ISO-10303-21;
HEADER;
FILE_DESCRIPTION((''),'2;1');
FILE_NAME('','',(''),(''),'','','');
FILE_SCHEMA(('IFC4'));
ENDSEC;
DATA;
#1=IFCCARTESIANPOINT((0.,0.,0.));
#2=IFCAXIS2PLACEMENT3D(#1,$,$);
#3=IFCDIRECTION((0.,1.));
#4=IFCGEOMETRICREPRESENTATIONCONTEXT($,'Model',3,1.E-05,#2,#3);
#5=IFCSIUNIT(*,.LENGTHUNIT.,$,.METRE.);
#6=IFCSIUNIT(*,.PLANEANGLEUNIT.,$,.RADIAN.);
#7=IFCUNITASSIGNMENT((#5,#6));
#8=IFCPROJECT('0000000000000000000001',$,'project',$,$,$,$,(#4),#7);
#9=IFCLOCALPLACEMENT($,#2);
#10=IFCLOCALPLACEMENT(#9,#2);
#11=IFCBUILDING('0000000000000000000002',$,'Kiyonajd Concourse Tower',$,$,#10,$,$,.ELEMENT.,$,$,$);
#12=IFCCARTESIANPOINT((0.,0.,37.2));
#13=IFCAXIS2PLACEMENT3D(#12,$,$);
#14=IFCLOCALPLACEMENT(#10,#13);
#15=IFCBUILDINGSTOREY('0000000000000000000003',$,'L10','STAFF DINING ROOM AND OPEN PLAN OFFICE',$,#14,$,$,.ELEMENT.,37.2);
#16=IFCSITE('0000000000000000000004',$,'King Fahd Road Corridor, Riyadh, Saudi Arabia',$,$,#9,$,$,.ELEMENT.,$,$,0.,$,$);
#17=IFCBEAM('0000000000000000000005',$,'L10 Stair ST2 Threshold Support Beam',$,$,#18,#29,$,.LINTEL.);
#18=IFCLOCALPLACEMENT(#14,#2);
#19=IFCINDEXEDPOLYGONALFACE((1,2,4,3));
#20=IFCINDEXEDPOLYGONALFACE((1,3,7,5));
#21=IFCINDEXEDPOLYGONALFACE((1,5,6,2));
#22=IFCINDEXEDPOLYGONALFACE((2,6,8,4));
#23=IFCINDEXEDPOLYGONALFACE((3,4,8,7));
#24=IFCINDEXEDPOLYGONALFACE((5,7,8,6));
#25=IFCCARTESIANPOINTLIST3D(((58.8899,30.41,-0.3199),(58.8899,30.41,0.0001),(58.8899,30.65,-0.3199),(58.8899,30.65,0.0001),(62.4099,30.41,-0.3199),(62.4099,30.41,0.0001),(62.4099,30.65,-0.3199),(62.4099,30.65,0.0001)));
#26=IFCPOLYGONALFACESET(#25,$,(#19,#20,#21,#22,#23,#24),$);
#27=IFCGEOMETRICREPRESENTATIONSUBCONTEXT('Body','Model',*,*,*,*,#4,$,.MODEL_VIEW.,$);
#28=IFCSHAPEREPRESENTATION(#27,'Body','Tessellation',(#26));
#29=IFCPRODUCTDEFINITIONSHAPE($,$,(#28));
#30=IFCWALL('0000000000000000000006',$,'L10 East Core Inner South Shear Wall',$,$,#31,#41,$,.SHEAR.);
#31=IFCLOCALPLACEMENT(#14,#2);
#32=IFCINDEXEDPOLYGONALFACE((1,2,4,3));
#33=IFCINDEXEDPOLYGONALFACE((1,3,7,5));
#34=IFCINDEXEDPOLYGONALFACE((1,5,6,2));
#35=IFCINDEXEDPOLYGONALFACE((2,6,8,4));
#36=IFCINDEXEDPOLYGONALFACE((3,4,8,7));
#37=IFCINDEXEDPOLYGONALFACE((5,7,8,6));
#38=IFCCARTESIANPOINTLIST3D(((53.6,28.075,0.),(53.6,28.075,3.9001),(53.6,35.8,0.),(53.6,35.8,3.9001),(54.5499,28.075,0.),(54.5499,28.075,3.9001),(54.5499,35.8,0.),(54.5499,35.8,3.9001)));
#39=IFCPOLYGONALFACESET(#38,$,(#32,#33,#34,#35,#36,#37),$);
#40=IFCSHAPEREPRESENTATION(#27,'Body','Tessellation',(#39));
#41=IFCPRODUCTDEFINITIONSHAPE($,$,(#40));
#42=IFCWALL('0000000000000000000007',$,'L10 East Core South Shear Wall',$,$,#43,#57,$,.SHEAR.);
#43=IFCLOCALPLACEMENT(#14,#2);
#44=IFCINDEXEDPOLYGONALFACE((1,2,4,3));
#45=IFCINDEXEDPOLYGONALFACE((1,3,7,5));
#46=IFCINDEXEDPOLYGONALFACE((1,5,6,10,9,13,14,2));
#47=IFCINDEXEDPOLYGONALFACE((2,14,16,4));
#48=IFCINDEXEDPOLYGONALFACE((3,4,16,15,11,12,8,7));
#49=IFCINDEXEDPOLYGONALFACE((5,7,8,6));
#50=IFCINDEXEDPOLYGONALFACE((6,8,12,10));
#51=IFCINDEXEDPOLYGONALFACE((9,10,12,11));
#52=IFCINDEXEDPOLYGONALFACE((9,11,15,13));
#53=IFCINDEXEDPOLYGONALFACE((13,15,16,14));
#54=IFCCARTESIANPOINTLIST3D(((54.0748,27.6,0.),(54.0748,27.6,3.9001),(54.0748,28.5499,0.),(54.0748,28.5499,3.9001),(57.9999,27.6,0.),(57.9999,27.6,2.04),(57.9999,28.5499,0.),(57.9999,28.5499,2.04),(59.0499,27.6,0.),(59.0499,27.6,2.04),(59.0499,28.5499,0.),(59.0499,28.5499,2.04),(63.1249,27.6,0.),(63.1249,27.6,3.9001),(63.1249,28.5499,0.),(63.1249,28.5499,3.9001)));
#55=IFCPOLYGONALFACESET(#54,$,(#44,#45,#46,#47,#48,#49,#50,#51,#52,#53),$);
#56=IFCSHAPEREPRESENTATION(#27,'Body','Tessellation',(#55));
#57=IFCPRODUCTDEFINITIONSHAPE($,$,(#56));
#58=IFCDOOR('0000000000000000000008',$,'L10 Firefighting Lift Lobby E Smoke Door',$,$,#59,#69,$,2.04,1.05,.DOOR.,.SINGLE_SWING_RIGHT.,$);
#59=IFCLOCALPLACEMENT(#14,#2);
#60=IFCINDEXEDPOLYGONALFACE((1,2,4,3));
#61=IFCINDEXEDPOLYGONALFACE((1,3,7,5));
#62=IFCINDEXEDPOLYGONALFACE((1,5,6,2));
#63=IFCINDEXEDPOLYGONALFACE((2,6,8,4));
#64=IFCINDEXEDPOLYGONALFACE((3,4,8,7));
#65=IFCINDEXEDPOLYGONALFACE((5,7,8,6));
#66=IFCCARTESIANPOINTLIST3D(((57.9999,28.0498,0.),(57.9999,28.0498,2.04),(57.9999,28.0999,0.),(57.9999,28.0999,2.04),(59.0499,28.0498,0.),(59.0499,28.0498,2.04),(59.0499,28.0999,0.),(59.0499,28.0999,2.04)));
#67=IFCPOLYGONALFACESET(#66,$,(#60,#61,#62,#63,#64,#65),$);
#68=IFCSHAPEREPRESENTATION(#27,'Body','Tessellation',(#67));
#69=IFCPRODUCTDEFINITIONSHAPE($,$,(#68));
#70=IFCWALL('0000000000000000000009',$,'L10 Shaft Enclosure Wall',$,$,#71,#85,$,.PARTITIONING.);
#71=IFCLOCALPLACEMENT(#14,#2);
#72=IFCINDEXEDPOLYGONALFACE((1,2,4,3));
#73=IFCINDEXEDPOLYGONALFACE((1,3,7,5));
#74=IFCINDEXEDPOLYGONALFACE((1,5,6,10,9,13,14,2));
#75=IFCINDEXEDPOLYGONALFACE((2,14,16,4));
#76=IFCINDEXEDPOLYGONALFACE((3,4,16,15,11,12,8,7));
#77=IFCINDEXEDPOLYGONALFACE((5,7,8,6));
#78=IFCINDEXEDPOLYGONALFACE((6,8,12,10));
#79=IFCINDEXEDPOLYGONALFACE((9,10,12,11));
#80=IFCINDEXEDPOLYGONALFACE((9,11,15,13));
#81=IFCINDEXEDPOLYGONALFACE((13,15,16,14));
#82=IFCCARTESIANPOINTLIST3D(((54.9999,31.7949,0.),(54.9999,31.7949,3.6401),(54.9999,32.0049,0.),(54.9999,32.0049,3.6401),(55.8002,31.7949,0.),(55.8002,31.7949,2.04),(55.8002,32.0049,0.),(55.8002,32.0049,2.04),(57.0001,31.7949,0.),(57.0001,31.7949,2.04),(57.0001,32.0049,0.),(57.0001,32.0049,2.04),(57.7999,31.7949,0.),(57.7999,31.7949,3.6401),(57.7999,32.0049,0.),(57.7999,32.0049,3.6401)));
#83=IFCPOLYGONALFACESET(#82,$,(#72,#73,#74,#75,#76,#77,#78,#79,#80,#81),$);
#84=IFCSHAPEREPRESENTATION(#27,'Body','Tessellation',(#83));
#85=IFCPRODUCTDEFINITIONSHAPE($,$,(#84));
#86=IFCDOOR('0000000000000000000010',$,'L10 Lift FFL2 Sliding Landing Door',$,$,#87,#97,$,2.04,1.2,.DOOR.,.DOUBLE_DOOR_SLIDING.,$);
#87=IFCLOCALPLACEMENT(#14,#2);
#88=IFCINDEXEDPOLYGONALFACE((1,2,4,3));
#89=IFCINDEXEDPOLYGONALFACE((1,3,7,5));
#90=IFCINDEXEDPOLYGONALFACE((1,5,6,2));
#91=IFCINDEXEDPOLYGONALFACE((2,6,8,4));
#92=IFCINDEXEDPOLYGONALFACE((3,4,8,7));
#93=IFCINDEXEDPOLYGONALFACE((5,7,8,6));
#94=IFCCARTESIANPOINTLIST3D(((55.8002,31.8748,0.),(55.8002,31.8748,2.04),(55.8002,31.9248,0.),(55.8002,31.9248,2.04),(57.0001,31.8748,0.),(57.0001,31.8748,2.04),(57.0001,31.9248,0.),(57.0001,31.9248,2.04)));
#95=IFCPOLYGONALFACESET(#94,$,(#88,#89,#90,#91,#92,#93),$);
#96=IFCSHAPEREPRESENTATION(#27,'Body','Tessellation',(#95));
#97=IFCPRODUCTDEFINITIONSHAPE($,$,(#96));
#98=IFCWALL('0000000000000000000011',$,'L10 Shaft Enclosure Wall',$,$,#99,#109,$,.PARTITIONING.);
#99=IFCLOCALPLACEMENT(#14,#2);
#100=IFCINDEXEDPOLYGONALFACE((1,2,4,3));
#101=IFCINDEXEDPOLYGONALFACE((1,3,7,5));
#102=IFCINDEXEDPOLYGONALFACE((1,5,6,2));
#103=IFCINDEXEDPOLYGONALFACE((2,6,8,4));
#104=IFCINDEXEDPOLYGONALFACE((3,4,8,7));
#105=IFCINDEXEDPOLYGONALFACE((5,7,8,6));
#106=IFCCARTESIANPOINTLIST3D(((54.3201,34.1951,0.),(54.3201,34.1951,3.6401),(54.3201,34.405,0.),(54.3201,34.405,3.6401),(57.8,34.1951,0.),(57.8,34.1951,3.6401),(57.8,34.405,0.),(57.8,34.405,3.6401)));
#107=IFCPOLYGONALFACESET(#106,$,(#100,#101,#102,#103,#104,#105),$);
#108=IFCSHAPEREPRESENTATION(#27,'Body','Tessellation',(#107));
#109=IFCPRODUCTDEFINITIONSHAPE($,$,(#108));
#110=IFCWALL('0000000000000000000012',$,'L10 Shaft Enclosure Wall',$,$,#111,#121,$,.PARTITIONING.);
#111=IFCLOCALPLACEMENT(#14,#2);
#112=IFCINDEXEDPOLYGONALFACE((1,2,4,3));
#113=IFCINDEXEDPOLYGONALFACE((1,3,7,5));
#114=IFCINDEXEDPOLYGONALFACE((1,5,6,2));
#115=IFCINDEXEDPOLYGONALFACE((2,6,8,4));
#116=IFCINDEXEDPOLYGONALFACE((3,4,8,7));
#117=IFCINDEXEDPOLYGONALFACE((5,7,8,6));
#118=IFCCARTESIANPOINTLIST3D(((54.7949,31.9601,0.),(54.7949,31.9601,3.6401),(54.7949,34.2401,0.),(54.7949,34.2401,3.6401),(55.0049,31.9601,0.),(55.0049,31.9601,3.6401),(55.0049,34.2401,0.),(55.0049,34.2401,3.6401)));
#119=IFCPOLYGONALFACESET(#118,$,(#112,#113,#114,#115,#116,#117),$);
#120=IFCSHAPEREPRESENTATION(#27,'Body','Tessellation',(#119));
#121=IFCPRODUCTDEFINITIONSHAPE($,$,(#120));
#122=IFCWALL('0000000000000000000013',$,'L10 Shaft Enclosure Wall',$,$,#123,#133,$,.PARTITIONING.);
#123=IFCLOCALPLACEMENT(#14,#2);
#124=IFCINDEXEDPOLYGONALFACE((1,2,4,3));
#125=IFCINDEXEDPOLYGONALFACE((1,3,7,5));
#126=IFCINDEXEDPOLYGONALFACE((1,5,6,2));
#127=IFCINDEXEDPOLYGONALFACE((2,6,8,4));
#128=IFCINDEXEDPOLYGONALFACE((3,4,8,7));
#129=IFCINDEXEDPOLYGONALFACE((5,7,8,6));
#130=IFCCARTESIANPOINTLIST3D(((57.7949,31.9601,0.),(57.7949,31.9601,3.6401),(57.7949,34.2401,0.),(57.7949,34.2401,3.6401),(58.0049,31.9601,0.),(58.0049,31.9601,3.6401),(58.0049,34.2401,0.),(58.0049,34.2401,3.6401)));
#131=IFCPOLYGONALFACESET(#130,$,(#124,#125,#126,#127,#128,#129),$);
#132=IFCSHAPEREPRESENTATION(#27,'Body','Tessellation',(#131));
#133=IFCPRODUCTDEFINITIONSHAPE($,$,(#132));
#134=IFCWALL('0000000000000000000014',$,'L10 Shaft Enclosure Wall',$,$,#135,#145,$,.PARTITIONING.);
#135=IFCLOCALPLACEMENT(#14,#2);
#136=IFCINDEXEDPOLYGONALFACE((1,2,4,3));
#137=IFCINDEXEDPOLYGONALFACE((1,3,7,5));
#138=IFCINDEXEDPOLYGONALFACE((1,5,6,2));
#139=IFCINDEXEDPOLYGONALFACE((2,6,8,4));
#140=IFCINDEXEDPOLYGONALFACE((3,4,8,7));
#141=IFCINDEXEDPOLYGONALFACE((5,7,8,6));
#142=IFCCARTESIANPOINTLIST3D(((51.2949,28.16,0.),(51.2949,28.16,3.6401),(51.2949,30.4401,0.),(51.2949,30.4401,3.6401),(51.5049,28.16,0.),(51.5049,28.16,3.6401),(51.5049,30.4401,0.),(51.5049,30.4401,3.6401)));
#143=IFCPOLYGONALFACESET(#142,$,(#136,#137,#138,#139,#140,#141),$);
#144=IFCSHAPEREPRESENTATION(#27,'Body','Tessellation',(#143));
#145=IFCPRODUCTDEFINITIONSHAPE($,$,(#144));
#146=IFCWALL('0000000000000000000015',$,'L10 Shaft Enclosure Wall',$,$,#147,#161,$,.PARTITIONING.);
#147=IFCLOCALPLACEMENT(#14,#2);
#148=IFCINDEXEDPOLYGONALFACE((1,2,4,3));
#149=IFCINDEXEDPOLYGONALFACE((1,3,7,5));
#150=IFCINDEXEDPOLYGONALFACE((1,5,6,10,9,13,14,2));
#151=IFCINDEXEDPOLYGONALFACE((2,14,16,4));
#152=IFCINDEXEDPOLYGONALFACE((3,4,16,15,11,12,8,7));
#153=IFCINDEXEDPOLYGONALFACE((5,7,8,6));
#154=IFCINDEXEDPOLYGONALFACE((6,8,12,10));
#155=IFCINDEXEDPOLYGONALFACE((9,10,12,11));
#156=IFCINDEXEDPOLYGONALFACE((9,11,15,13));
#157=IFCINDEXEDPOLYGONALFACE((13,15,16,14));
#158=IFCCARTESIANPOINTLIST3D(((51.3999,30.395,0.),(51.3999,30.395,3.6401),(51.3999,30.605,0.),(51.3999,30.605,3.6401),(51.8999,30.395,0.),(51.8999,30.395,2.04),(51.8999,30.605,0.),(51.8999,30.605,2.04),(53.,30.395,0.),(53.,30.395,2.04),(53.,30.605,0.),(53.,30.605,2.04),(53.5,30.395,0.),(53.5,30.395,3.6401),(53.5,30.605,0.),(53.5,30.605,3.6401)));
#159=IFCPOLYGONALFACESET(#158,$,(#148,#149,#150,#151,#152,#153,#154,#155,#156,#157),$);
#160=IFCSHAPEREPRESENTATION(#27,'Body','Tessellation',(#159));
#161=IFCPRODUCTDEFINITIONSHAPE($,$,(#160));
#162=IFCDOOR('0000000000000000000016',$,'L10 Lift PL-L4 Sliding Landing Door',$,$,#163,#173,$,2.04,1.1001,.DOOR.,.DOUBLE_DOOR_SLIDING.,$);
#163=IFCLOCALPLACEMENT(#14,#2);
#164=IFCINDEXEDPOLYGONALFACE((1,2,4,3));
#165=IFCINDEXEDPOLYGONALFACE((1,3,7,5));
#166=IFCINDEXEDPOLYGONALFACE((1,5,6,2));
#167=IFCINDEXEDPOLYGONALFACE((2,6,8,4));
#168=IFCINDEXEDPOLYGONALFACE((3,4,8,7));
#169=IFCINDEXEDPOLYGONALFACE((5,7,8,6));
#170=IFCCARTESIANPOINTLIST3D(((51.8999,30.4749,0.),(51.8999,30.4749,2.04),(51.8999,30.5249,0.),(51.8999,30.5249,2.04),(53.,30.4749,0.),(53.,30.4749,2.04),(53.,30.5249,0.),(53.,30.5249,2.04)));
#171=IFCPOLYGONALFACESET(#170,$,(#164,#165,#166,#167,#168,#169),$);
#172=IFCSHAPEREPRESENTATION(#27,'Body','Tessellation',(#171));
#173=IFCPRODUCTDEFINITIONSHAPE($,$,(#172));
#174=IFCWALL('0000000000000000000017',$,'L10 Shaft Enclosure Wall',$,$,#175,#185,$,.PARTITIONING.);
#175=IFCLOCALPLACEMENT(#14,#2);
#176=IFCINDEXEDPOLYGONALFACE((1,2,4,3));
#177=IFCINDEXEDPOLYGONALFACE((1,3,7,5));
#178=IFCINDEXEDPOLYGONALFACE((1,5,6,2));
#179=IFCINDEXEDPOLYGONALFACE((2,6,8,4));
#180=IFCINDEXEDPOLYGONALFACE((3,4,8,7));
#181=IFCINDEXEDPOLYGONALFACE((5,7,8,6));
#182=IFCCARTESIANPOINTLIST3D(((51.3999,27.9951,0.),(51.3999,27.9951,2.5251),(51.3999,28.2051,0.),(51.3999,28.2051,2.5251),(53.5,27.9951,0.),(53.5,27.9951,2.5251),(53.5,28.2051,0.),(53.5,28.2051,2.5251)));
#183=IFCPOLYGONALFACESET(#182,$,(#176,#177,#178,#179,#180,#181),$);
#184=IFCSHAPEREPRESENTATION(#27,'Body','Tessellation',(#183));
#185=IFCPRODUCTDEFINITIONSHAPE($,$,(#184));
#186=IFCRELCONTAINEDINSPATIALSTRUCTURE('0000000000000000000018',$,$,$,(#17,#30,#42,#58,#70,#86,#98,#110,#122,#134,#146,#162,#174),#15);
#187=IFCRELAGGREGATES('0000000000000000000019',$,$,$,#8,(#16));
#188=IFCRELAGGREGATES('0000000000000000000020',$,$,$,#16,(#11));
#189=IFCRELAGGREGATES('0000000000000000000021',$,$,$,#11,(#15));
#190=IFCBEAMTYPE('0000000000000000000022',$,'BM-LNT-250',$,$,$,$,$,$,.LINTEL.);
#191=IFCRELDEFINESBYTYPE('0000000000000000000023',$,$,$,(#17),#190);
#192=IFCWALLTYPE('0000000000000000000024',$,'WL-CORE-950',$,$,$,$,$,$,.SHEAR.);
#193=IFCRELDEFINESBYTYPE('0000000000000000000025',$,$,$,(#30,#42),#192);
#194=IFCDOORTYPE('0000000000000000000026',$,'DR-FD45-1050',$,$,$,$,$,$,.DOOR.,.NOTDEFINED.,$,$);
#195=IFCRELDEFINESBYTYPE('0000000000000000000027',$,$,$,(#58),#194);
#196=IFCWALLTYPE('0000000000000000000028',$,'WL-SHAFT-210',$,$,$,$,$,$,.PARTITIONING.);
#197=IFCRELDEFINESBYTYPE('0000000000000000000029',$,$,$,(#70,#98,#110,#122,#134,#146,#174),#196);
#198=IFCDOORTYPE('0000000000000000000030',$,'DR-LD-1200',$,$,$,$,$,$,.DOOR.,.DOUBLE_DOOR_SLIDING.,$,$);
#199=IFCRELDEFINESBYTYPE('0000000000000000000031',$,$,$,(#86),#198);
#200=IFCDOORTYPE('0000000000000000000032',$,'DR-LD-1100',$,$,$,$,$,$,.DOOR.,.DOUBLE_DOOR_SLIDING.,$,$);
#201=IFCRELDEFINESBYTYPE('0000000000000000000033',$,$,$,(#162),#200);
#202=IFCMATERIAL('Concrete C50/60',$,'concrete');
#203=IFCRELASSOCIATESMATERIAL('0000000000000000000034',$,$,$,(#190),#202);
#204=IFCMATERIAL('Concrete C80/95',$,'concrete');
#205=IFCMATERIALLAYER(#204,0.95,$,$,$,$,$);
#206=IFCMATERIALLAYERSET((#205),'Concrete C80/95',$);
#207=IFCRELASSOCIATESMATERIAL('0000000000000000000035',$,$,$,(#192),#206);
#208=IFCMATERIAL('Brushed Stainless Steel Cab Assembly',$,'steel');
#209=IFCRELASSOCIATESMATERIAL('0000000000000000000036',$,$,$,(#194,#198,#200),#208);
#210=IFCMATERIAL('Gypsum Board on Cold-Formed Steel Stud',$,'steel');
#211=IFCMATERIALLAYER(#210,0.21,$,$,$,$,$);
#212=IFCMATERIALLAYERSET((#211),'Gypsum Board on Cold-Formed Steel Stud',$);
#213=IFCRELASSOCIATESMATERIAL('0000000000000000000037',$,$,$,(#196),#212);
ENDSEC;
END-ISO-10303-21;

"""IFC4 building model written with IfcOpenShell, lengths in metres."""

from ifc_helpers import new_model, si_unit, direction, frame, frame_2d, origin, origin_2d, place, context, subcontext, project, spatial, rectangle, extrude, material, layer, layer_set, material_profile, profile_set, type_object, element, fill, save


model = new_model("IFC4")

# Units and contexts
model_context = context("Model", 3, precision=1e-05, world=origin(), true_north=direction((0.0, 1.0)))
body_context = subcontext(model_context, "Body", "Model", "MODEL_VIEW")
ifc_project = project(units=[si_unit("LENGTHUNIT", "METRE"), si_unit("PLANEANGLEUNIT", "RADIAN")], contexts=[model_context])

# Site, building, storey
site_placement = place(None, origin())
site = spatial("IfcSite", under=ifc_project, at=site_placement, Name="King Fahd Road Corridor, Riyadh, Saudi Arabia", CompositionType="ELEMENT", RefElevation=0.0)
building_placement = place(site_placement, origin())
building = spatial("IfcBuilding", under=site, at=building_placement, Name="Kiyonajd Concourse Tower", CompositionType="ELEMENT")
storey_placement = place(building_placement, frame((0.0, 0.0, 37.2)))
storey = spatial("IfcBuildingStorey", under=building, at=storey_placement, Name="L10", Description="STAFF DINING ROOM AND OPEN PLAN OFFICE", CompositionType="ELEMENT", Elevation=37.2)

# Beam
ifc_material_1 = material(Name="Concrete C50/60", Category="concrete")
ifc_material_profile = material_profile(ifc_material_1, rectangle(XDim=0.24, YDim=0.3201, at=origin_2d()), Name="RCBM-240x320")
ifc_profile_set = profile_set([ifc_material_profile], Name="Concrete C50/60")
beam_type = type_object("IfcBeamType", Name="BM-LNT-250", PredefinedType="LINTEL", material=ifc_profile_set)
beam_placement = place(storey_placement, frame((58.8899, 30.53, -0.1599), z_axis=(1.0, 0.0, 0.0), x_axis=(0.0, 1.0, 0.0)))
element("IfcBeam", 1, at=beam_placement, inside=storey, type_object=beam_type, Name="L10 Stair ST2 Threshold Support Beam", PredefinedType="LINTEL", context=body_context, shape_type="SweptSolid", body=[
    extrude(rectangle(XDim=0.24, YDim=0.3201, at=origin_2d()), origin(), (0.0, 0.0, 1.0), 3.52),
])

# Wall
ifc_material_2 = material(Name="Concrete C80/95", Category="concrete")
ifc_layer_1 = layer(ifc_material_2, 0.95)
ifc_layer_set_1 = layer_set([ifc_layer_1], Name="Concrete C80/95")
wall_type_1 = type_object("IfcWallType", Name="WL-CORE-950", PredefinedType="SHEAR", material=ifc_layer_set_1)
wall_1_placement = place(storey_placement, frame((54.075, 28.075, 0.0), z_axis=(0.0, 0.0, 1.0), x_axis=(0.0, 1.0, 0.0)))
element("IfcWall", 2, at=wall_1_placement, inside=storey, type_object=wall_type_1, Name="L10 East Core Inner South Shear Wall", PredefinedType="SHEAR", context=body_context, shape_type="SweptSolid", body=[
    extrude(rectangle(XDim=7.7251, YDim=0.95, at=frame_2d((3.8625, 0.0))), origin(), (0.0, 0.0, 1.0), 3.9001),
])

# Walls, openings, doors
wall_2_placement = place(storey_placement, frame((54.075, 28.075, 0.0), z_axis=(0.0, 0.0, 1.0), x_axis=(1.0, 0.0, 0.0)))
wall_2 = element("IfcWall", 3, at=wall_2_placement, inside=storey, type_object=wall_type_1, Name="L10 East Core South Shear Wall", PredefinedType="SHEAR", context=body_context, shape_type="SweptSolid", body=[
    extrude(rectangle(XDim=9.05, YDim=0.95, at=frame_2d((4.5249, 0.0))), origin(), (0.0, 0.0, 1.0), 3.9001),
])
opening_1_placement = place(wall_2_placement, frame((3.925, 0.0, 0.0)))
opening_1 = element("IfcOpeningElement", 4, at=opening_1_placement, cuts=wall_2, PredefinedType="OPENING", context=body_context, shape_type="SweptSolid", body=[
    extrude(rectangle(XDim=1.05, YDim=2.04, at=frame_2d((0.5249, 1.02))), frame((0.0, 0.4849, 0.0), z_axis=(0.0, -1.0, 0.0), x_axis=(1.0, 0.0, 0.0)), (0.0, 0.0, 1.0), 0.97),
])
ifc_material_3 = material(Name="Brushed Stainless Steel Cab Assembly", Category="steel")
door_type_1 = type_object("IfcDoorType", Name="DR-FD45-1050", OperationType="NOTDEFINED", PredefinedType="DOOR", material=ifc_material_3)
door_1_placement = place(opening_1_placement, origin())
door_1 = element("IfcDoor", 5, at=door_1_placement, inside=storey, type_object=door_type_1, Name="L10 Firefighting Lift Lobby E Smoke Door", OperationType="SINGLE_SWING_RIGHT", OverallHeight=2.04, OverallWidth=1.05, PredefinedType="DOOR", context=body_context, shape_type="SweptSolid", body=[
    extrude(rectangle(XDim=1.05, YDim=2.04, at=frame_2d((0.5249, 1.02))), frame((0.0, 0.0249, 0.0), z_axis=(0.0, -1.0, 0.0), x_axis=(1.0, 0.0, 0.0)), (0.0, 0.0, 1.0), 0.05),
])
fill(opening_1, door_1)
ifc_material_4 = material(Name="Gypsum Board on Cold-Formed Steel Stud", Category="steel")
ifc_layer_2 = layer(ifc_material_4, 0.21)
ifc_layer_set_2 = layer_set([ifc_layer_2], Name="Gypsum Board on Cold-Formed Steel Stud")
wall_type_2 = type_object("IfcWallType", Name="WL-SHAFT-210", PredefinedType="PARTITIONING", material=ifc_layer_set_2)
wall_3_placement = place(storey_placement, frame((55.0, 31.8999, 0.0), z_axis=(0.0, 0.0, 1.0), x_axis=(1.0, 0.0, 0.0)))
wall_3 = element("IfcWall", 6, at=wall_3_placement, inside=storey, type_object=wall_type_2, Name="L10 Shaft Enclosure Wall", PredefinedType="PARTITIONING", context=body_context, shape_type="SweptSolid", body=[
    extrude(rectangle(XDim=2.8, YDim=0.21, at=frame_2d((1.3999, 0.0))), origin(), (0.0, 0.0, 1.0), 3.6401),
])
opening_2_placement = place(wall_3_placement, frame((0.8, 0.0, 0.0)))
opening_2 = element("IfcOpeningElement", 7, at=opening_2_placement, cuts=wall_3, PredefinedType="OPENING", context=body_context, shape_type="SweptSolid", body=[
    extrude(rectangle(XDim=1.2, YDim=2.04, at=frame_2d((0.6001, 1.02))), frame((0.0, 0.115, 0.0), z_axis=(0.0, -1.0, 0.0), x_axis=(1.0, 0.0, 0.0)), (0.0, 0.0, 1.0), 0.23),
])
door_type_2 = type_object("IfcDoorType", Name="DR-LD-1200", OperationType="DOUBLE_DOOR_SLIDING", PredefinedType="DOOR", material=ifc_material_3)
door_2_placement = place(opening_2_placement, origin())
door_2 = element("IfcDoor", 8, at=door_2_placement, inside=storey, type_object=door_type_2, Name="L10 Lift FFL2 Sliding Landing Door", OperationType="DOUBLE_DOOR_SLIDING", OverallHeight=2.04, OverallWidth=1.2, PredefinedType="DOOR", context=body_context, shape_type="SweptSolid", body=[
    extrude(rectangle(XDim=1.2, YDim=2.04, at=frame_2d((0.6001, 1.02))), frame((0.0, 0.0249, 0.0), z_axis=(0.0, -1.0, 0.0), x_axis=(1.0, 0.0, 0.0)), (0.0, 0.0, 1.0), 0.05),
])
fill(opening_2, door_2)

# Walls
wall_4_placement = place(storey_placement, frame((54.3201, 34.3, 0.0), z_axis=(0.0, 0.0, 1.0), x_axis=(1.0, 0.0, 0.0)))
element("IfcWall", 9, at=wall_4_placement, inside=storey, type_object=wall_type_2, Name="L10 Shaft Enclosure Wall", PredefinedType="PARTITIONING", context=body_context, shape_type="SweptSolid", body=[
    extrude(rectangle(XDim=3.48, YDim=0.21, at=frame_2d((1.74, 0.0))), origin(), (0.0, 0.0, 1.0), 3.6401),
])
for number, where, z_axis, x_axis, name in (
    (10, (54.8999, 31.96, 0.0), (0.0, 0.0, 1.0), (0.0, 1.0, 0.0), "L10 Shaft Enclosure Wall"),
    (11, (57.8999, 31.96, 0.0), (0.0, 0.0, 1.0), (0.0, 1.0, 0.0), "L10 Shaft Enclosure Wall"),
    (12, (51.3999, 28.1599, 0.0), (0.0, 0.0, 1.0), (0.0, 1.0, 0.0), "L10 Shaft Enclosure Wall"),
):
    element("IfcWall", number, at=place(storey_placement, frame(where, z_axis=z_axis, x_axis=x_axis)), inside=storey, type_object=wall_type_2, Name=name, PredefinedType="PARTITIONING", context=body_context, shape_type="SweptSolid", body=[
        extrude(rectangle(XDim=2.28, YDim=0.21, at=frame_2d((1.1401, 0.0))), origin(), (0.0, 0.0, 1.0), 3.6401),
    ])

# Wall, opening, door
wall_5_placement = place(storey_placement, frame((51.3999, 30.5, 0.0), z_axis=(0.0, 0.0, 1.0), x_axis=(1.0, 0.0, 0.0)))
wall_5 = element("IfcWall", 13, at=wall_5_placement, inside=storey, type_object=wall_type_2, Name="L10 Shaft Enclosure Wall", PredefinedType="PARTITIONING", context=body_context, shape_type="SweptSolid", body=[
    extrude(rectangle(XDim=2.1001, YDim=0.21, at=frame_2d((1.05, 0.0))), origin(), (0.0, 0.0, 1.0), 3.6401),
])
opening_3_placement = place(wall_5_placement, frame((0.5, 0.0, 0.0)))
opening_3 = element("IfcOpeningElement", 14, at=opening_3_placement, cuts=wall_5, PredefinedType="OPENING", context=body_context, shape_type="SweptSolid", body=[
    extrude(rectangle(XDim=1.1001, YDim=2.04, at=frame_2d((0.55, 1.02))), frame((0.0, 0.115, 0.0), z_axis=(0.0, -1.0, 0.0), x_axis=(1.0, 0.0, 0.0)), (0.0, 0.0, 1.0), 0.23),
])
door_type_3 = type_object("IfcDoorType", Name="DR-LD-1100", OperationType="DOUBLE_DOOR_SLIDING", PredefinedType="DOOR", material=ifc_material_3)
door_3_placement = place(opening_3_placement, origin())
door_3 = element("IfcDoor", 15, at=door_3_placement, inside=storey, type_object=door_type_3, Name="L10 Lift PL-L4 Sliding Landing Door", OperationType="DOUBLE_DOOR_SLIDING", OverallHeight=2.04, OverallWidth=1.1001, PredefinedType="DOOR", context=body_context, shape_type="SweptSolid", body=[
    extrude(rectangle(XDim=1.1001, YDim=2.04, at=frame_2d((0.55, 1.02))), frame((0.0, 0.0249, 0.0), z_axis=(0.0, -1.0, 0.0), x_axis=(1.0, 0.0, 0.0)), (0.0, 0.0, 1.0), 0.05),
])
fill(opening_3, door_3)

# Wall
wall_6_placement = place(storey_placement, frame((51.3999, 28.1001, 0.0), z_axis=(0.0, 0.0, 1.0), x_axis=(1.0, 0.0, 0.0)))
element("IfcWall", 16, at=wall_6_placement, inside=storey, type_object=wall_type_2, Name="L10 Shaft Enclosure Wall", PredefinedType="PARTITIONING", context=body_context, shape_type="SweptSolid", body=[
    extrude(rectangle(XDim=2.1001, YDim=0.21, at=frame_2d((1.05, 0.0))), origin(), (0.0, 0.0, 1.0), 2.5251),
])

save(model, "model.ifc")
